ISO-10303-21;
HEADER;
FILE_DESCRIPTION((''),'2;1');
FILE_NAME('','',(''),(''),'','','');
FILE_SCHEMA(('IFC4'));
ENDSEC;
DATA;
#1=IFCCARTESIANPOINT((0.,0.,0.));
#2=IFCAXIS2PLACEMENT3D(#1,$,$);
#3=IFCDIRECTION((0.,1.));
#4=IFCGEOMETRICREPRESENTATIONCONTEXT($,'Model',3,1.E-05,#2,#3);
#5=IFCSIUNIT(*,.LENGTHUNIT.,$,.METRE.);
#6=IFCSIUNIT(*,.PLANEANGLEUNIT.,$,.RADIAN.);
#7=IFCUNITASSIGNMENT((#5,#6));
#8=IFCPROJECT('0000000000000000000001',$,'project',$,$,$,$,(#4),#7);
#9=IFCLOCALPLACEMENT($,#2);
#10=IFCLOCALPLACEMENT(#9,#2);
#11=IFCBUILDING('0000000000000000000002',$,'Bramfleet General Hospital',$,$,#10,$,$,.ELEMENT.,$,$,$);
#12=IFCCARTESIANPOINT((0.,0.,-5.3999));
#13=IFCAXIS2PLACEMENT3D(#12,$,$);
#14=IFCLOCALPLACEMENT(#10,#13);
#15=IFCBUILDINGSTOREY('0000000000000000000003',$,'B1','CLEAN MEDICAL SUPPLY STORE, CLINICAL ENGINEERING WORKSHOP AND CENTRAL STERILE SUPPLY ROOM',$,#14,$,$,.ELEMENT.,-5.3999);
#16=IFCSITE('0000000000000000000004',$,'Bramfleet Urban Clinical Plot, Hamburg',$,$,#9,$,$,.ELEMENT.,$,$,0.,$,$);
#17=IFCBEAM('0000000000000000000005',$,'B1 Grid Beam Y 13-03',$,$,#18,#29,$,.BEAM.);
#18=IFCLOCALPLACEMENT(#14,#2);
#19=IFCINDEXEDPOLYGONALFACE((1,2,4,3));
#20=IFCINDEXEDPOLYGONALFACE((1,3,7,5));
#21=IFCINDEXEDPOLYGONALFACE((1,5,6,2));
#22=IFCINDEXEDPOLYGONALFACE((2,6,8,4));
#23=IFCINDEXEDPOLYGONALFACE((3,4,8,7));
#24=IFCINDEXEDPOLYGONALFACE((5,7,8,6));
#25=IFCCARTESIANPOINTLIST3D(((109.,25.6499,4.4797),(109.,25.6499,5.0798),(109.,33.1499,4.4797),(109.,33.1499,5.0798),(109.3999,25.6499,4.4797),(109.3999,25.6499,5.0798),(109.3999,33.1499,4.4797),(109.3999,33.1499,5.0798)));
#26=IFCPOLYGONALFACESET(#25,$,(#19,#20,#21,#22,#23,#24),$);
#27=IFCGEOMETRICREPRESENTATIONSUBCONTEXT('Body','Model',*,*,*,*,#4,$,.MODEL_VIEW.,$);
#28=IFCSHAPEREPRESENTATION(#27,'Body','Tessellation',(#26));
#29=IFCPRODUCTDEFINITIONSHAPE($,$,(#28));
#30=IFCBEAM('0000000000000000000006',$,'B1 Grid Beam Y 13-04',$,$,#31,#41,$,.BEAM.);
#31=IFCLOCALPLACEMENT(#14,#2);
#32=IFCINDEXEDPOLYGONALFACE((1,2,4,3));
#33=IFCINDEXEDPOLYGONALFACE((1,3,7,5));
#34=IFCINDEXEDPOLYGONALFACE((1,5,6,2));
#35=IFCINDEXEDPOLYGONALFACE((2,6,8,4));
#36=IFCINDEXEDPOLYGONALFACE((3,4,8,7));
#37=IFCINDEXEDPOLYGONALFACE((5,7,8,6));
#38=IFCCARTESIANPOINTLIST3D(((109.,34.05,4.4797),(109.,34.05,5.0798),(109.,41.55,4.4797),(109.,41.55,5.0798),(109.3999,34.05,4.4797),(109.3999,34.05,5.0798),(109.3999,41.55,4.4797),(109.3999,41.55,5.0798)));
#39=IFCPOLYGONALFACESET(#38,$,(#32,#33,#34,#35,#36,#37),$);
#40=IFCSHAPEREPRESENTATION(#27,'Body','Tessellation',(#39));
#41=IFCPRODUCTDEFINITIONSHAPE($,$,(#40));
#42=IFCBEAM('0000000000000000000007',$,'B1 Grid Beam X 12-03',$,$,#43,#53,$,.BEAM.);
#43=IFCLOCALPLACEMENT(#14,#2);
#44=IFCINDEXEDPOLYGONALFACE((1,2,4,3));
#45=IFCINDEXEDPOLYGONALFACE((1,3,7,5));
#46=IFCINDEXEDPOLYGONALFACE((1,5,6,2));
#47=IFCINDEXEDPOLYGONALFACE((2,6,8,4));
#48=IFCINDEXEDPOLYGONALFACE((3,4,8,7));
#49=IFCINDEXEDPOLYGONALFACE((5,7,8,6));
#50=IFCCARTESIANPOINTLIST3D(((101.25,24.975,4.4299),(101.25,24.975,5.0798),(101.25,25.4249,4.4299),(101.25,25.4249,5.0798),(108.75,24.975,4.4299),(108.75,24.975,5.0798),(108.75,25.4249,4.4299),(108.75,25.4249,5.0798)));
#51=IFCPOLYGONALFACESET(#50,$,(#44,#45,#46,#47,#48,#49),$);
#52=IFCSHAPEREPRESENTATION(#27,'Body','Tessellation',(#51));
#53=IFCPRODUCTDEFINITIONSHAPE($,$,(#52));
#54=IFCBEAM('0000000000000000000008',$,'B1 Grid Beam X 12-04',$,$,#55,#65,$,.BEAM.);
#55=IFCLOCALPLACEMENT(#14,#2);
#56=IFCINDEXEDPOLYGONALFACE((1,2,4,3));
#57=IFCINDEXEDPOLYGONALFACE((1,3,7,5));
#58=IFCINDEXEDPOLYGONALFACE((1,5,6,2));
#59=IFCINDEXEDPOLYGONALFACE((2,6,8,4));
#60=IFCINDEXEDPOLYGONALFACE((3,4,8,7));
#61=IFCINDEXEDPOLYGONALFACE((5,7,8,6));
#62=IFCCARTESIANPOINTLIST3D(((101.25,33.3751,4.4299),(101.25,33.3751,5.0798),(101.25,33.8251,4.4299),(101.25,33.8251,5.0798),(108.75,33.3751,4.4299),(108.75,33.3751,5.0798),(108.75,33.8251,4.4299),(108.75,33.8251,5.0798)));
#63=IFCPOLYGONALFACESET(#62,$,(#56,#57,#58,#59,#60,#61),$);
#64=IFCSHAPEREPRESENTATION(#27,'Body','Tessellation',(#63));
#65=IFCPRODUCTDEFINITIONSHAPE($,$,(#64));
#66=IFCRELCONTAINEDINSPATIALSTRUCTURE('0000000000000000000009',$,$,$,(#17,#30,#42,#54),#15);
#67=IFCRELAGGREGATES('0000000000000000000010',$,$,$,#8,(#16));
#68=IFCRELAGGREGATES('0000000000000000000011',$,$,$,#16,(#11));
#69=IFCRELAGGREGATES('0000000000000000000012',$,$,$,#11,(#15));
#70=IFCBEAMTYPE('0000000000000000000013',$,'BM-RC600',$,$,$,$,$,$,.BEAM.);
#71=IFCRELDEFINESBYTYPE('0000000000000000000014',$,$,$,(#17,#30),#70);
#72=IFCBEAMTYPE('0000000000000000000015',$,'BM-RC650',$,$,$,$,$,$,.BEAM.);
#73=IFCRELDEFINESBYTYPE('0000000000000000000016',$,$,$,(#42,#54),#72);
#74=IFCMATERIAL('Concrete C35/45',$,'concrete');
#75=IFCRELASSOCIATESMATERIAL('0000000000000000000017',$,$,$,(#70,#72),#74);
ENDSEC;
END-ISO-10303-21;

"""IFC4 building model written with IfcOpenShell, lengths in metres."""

from ifc_helpers import new_model, si_unit, direction, frame, origin, origin_2d, place, context, subcontext, project, spatial, rectangle, extrude, material, material_profile, profile_set, type_object, element, save


model = new_model("IFC4")

# Units and contexts
model_context = context("Model", 3, precision=1e-05, world=origin(), true_north=direction((0.0, 1.0)))
body_context = subcontext(model_context, "Body", "Model", "MODEL_VIEW")
ifc_project = project(units=[si_unit("LENGTHUNIT", "METRE"), si_unit("PLANEANGLEUNIT", "RADIAN")], contexts=[model_context])

# Site, building, storey
site_placement = place(None, origin())
site = spatial("IfcSite", under=ifc_project, at=site_placement, Name="Bramfleet Urban Clinical Plot, Hamburg", CompositionType="ELEMENT", RefElevation=0.0)
building_placement = place(site_placement, origin())
building = spatial("IfcBuilding", under=site, at=building_placement, Name="Bramfleet General Hospital", CompositionType="ELEMENT")
storey_placement = place(building_placement, frame((0.0, 0.0, -5.3999)))
storey = spatial("IfcBuildingStorey", under=building, at=storey_placement, Name="B1", Description="CLEAN MEDICAL SUPPLY STORE, CLINICAL ENGINEERING WORKSHOP AND CENTRAL STERILE SUPPLY ROOM", CompositionType="ELEMENT", Elevation=-5.3999)

# Shared definitions
ifc_material_1 = material(Name="Concrete C35/45", Category="concrete")

# Beams
ifc_material_profile_1 = material_profile(ifc_material_1, rectangle(XDim=0.3999, YDim=0.6001, at=origin_2d()), Name="RC BM 600x400")
ifc_profile_set_1 = profile_set([ifc_material_profile_1], Name="Concrete C35/45")
beam_type_1 = type_object("IfcBeamType", Name="BM-RC600", PredefinedType="BEAM", material=ifc_profile_set_1)
for number, where, z_axis, x_axis, name in (
    (1, (109.2, 25.6499, 4.7798), (0.0, 1.0, 0.0), (-1.0, 0.0, 0.0), "B1 Grid Beam Y 13-03"),
    (2, (109.2, 34.05, 4.7798), (0.0, 1.0, 0.0), (-1.0, 0.0, 0.0), "B1 Grid Beam Y 13-04"),
):
    element("IfcBeam", number, at=place(storey_placement, frame(where, z_axis=z_axis, x_axis=x_axis)), inside=storey, type_object=beam_type_1, Name=name, PredefinedType="BEAM", context=body_context, shape_type="SweptSolid", body=[
        extrude(rectangle(XDim=0.3999, YDim=0.6001, at=origin_2d()), origin(), (0.0, 0.0, 1.0), 7.5),
    ])
ifc_material_profile_2 = material_profile(ifc_material_1, rectangle(XDim=0.45, YDim=0.6499, at=origin_2d()), Name="RC BM 650x450")
ifc_profile_set_2 = profile_set([ifc_material_profile_2], Name="Concrete C35/45")
beam_type_2 = type_object("IfcBeamType", Name="BM-RC650", PredefinedType="BEAM", material=ifc_profile_set_2)
for number, where, z_axis, x_axis, name in (
    (3, (101.25, 25.2, 4.7549), (1.0, 0.0, 0.0), (0.0, 1.0, 0.0), "B1 Grid Beam X 12-03"),
    (4, (101.25, 33.6001, 4.7549), (1.0, 0.0, 0.0), (0.0, 1.0, 0.0), "B1 Grid Beam X 12-04"),
):
    element("IfcBeam", number, at=place(storey_placement, frame(where, z_axis=z_axis, x_axis=x_axis)), inside=storey, type_object=beam_type_2, Name=name, PredefinedType="BEAM", context=body_context, shape_type="SweptSolid", body=[
        extrude(rectangle(XDim=0.45, YDim=0.6499, at=origin_2d()), origin(), (0.0, 0.0, 1.0), 7.5),
    ])

save(model, "model.ifc")
